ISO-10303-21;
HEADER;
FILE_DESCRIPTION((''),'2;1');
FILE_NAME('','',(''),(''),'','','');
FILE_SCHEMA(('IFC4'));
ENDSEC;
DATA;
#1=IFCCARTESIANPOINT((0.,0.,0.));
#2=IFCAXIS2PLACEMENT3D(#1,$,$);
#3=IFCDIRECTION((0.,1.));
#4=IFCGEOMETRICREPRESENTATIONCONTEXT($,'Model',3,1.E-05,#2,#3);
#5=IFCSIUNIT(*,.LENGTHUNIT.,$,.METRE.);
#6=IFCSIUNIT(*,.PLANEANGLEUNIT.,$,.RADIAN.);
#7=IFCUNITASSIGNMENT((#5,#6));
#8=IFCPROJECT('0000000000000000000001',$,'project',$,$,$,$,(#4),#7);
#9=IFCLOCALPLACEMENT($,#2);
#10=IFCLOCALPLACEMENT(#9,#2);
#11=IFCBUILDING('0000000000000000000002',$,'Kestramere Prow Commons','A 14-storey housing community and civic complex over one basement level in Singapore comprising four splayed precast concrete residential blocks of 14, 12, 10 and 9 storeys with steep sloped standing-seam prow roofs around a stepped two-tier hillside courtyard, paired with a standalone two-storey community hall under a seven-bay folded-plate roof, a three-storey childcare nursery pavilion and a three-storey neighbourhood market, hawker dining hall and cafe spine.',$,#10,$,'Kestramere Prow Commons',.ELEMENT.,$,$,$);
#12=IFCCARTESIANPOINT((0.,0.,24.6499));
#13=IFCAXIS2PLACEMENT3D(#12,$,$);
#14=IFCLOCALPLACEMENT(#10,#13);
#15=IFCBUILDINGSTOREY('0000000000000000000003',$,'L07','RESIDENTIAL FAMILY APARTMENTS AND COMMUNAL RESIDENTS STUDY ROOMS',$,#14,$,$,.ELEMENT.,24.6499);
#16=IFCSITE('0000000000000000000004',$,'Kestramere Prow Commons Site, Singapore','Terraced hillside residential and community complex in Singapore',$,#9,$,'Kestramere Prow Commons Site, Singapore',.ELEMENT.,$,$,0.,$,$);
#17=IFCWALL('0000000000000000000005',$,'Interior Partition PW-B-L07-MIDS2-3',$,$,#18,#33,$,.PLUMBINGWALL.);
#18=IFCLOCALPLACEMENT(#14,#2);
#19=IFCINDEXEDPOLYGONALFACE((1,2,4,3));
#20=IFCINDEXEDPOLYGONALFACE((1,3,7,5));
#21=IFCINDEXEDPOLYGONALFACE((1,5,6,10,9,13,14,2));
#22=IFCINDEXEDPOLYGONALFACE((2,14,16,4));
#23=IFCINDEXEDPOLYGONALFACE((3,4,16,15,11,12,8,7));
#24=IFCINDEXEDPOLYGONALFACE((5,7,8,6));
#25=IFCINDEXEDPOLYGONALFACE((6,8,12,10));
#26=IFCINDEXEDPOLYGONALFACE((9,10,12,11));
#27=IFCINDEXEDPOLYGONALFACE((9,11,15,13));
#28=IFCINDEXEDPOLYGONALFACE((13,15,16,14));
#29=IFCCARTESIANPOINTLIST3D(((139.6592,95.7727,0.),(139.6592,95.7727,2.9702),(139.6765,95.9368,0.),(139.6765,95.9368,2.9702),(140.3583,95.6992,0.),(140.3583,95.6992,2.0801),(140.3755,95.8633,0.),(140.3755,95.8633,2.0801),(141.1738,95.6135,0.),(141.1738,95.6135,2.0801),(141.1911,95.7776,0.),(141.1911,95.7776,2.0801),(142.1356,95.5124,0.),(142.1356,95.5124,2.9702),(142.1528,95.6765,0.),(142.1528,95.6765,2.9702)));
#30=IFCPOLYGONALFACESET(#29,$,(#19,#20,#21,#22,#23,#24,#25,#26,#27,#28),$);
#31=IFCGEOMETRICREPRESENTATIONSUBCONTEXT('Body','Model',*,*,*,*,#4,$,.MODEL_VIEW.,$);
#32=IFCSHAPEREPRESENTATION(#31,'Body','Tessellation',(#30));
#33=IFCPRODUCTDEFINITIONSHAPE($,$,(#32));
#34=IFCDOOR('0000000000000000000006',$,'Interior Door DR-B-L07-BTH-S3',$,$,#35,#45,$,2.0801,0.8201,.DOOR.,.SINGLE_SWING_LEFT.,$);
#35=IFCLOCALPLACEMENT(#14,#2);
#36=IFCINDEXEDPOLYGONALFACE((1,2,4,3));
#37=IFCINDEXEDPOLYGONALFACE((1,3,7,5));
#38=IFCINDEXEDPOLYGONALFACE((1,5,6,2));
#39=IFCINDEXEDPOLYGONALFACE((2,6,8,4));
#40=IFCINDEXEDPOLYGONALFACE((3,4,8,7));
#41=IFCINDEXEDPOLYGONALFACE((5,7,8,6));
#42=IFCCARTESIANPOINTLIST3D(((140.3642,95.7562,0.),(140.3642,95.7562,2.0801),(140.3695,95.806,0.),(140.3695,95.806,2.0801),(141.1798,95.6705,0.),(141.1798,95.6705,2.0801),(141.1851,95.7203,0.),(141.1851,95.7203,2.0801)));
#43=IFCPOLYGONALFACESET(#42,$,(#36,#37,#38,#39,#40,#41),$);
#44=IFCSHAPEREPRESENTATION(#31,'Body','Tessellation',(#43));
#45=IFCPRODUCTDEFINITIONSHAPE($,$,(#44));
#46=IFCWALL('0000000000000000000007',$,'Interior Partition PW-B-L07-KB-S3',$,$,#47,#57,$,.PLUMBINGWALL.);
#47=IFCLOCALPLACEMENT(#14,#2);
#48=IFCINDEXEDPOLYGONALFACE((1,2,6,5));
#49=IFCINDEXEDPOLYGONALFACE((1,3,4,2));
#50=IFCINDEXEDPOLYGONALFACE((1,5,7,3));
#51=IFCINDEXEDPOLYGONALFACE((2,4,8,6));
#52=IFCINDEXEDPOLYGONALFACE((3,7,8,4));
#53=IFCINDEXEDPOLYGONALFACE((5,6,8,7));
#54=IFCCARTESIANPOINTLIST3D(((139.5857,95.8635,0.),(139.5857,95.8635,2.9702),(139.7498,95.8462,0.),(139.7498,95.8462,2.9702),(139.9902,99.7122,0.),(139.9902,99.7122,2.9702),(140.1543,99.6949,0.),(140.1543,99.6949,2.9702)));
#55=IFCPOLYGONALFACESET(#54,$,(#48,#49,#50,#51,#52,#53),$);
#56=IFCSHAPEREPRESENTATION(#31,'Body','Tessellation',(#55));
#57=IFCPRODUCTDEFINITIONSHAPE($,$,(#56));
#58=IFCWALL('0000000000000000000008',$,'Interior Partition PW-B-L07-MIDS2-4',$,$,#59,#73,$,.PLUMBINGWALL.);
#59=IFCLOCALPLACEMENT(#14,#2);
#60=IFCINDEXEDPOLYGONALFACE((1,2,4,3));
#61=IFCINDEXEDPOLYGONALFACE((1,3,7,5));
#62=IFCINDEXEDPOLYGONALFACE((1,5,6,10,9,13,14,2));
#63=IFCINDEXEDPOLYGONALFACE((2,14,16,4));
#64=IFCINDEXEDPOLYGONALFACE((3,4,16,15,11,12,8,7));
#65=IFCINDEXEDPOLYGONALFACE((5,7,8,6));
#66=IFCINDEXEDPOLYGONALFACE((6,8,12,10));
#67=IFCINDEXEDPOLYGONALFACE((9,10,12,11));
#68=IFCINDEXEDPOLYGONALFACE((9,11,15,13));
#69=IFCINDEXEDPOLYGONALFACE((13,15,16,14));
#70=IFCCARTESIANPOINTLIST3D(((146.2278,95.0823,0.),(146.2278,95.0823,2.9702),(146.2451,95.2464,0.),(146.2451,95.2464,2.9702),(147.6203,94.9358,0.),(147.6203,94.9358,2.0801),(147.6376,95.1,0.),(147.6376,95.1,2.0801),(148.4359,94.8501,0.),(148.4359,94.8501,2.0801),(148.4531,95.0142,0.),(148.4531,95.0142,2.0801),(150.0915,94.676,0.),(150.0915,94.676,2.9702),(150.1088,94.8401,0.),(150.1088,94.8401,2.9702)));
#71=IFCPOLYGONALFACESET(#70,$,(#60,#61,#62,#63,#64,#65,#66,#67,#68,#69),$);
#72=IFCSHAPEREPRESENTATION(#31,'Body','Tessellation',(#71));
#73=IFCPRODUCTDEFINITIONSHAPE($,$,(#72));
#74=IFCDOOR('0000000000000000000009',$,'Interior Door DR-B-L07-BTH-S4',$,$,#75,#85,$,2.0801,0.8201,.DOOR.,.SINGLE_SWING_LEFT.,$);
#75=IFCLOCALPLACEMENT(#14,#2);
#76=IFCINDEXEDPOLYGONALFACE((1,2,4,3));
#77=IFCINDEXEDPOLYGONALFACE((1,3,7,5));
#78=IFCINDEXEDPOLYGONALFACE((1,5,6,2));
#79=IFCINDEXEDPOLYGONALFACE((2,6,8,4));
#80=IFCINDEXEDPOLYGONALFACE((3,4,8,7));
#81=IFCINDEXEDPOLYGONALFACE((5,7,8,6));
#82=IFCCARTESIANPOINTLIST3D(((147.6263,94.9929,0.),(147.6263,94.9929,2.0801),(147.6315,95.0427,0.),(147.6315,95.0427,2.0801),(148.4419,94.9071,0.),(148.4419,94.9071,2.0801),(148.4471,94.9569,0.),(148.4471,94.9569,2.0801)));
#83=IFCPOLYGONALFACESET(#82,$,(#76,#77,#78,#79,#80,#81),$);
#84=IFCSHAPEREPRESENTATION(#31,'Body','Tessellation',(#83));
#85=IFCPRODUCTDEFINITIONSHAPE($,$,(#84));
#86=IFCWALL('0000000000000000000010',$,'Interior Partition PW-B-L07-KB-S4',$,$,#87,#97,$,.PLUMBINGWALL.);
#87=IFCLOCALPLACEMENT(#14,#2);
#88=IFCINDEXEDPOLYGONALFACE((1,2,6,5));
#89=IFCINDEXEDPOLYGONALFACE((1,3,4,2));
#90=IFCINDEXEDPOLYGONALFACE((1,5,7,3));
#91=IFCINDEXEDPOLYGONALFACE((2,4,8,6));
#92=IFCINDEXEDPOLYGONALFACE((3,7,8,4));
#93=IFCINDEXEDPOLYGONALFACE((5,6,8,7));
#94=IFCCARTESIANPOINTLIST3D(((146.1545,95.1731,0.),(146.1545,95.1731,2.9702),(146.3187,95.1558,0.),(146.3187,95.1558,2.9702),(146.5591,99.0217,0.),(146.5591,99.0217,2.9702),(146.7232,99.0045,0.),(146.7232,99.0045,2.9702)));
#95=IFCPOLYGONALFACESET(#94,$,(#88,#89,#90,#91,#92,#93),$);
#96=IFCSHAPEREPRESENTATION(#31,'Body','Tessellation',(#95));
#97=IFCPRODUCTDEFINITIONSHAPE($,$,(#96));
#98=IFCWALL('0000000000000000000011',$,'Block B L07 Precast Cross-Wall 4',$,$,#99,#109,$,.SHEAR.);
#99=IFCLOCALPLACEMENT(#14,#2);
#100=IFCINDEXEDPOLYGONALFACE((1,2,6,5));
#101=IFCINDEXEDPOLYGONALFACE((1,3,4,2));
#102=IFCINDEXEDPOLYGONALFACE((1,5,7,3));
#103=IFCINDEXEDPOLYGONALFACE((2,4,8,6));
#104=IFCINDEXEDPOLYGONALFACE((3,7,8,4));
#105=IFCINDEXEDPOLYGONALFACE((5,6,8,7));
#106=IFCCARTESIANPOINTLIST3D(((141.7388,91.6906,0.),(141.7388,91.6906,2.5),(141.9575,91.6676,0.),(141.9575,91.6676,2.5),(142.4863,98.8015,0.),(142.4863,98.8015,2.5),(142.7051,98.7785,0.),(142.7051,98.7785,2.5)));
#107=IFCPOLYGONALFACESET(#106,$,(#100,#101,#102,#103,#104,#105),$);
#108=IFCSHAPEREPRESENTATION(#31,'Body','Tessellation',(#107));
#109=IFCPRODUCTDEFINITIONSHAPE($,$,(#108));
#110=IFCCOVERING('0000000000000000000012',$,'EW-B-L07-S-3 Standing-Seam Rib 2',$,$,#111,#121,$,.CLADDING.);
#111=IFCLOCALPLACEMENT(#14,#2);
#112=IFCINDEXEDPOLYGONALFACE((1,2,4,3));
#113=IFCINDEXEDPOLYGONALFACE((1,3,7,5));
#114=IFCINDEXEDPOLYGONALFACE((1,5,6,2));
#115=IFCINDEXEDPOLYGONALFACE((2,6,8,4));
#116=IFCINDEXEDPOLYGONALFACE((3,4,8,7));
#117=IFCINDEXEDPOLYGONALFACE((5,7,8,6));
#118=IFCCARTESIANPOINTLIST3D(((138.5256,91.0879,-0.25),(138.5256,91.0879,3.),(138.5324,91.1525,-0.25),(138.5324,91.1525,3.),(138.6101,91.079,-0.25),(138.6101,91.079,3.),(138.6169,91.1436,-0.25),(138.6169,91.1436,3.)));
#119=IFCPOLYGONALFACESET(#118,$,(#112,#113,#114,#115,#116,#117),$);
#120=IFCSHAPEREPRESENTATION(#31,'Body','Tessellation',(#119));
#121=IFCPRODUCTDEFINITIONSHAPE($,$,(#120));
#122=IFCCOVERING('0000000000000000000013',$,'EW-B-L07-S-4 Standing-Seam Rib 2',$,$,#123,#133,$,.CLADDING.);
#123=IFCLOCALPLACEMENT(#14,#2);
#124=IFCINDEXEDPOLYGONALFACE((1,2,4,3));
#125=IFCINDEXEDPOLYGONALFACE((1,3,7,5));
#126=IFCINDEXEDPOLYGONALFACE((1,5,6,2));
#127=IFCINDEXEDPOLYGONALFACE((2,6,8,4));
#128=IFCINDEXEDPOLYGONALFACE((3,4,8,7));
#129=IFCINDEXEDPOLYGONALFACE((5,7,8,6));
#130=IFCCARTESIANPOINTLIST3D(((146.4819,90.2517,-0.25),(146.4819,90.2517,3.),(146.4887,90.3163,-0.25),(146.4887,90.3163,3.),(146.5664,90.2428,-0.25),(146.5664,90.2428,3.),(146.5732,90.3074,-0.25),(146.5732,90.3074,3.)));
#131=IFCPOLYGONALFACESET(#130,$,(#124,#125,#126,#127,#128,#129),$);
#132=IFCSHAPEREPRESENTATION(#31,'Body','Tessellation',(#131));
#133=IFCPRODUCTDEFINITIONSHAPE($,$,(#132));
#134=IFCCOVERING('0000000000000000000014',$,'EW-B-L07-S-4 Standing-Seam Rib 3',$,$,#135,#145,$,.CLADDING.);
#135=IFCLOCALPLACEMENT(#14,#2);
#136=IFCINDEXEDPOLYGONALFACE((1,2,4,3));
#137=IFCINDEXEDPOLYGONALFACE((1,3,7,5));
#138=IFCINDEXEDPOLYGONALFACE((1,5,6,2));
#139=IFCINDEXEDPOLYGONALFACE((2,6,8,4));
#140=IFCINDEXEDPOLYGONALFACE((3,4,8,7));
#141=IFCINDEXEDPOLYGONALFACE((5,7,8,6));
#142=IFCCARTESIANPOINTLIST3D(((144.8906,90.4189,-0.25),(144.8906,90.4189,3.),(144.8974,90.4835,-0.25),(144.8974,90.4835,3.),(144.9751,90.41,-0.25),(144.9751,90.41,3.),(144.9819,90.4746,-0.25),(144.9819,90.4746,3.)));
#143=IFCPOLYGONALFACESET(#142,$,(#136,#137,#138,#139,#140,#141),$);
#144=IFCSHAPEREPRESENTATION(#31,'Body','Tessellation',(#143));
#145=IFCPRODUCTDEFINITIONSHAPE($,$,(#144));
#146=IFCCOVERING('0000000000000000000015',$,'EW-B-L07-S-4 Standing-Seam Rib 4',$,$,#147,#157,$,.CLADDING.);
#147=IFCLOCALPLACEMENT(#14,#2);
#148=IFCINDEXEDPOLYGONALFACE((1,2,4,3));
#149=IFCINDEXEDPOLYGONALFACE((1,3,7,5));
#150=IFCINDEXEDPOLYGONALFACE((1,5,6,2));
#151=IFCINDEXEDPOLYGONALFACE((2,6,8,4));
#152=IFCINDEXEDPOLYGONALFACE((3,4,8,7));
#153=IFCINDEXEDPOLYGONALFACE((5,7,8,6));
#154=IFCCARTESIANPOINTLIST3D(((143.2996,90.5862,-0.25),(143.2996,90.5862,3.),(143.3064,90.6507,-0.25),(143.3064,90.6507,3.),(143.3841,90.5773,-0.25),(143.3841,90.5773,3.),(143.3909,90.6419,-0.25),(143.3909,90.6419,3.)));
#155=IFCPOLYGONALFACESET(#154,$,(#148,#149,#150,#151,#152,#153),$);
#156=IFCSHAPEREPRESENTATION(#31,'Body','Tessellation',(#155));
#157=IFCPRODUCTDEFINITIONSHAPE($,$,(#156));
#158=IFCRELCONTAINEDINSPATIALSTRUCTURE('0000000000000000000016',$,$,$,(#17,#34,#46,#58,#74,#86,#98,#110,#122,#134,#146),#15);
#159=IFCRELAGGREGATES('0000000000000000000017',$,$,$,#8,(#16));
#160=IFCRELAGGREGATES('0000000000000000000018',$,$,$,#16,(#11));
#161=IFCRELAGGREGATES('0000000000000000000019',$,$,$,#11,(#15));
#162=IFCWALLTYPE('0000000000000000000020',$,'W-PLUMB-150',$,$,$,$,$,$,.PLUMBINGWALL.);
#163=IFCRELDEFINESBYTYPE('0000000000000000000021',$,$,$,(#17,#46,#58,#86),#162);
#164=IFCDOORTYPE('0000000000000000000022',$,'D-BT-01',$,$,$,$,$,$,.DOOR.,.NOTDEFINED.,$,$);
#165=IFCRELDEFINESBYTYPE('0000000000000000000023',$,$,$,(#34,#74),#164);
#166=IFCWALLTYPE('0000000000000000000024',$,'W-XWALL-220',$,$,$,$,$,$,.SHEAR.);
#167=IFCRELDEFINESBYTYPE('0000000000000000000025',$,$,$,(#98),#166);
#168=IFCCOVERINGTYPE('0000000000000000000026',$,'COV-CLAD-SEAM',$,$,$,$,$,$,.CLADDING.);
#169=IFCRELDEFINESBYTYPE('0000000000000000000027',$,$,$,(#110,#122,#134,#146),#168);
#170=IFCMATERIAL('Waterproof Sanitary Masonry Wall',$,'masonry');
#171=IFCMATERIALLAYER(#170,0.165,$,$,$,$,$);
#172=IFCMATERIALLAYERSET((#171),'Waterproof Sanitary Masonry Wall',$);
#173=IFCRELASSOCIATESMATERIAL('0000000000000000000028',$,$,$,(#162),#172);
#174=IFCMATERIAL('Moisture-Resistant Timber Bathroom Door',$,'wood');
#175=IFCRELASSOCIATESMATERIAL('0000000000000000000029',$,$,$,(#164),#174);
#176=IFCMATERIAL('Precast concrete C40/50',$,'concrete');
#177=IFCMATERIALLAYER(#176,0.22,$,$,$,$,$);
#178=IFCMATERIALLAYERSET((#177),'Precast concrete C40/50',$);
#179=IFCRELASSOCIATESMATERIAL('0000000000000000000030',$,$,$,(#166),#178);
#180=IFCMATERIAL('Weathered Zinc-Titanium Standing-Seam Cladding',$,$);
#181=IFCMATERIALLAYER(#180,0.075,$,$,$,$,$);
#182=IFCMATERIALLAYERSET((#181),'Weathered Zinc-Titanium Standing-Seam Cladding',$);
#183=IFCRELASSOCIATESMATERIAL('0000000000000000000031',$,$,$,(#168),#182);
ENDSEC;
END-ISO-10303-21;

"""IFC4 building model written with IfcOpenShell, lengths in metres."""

from ifc_helpers import new_model, si_unit, direction, frame, frame_2d, origin, origin_2d, place, context, subcontext, project, spatial, rectangle, extrude, material, layer, layer_set, type_object, element, fill, save


model = new_model("IFC4")

# Units and contexts
model_context = context("Model", 3, precision=1e-05, world=origin(), true_north=direction((0.0, 1.0)))
body_context = subcontext(model_context, "Body", "Model", "MODEL_VIEW")
ifc_project = project(units=[si_unit("LENGTHUNIT", "METRE"), si_unit("PLANEANGLEUNIT", "RADIAN")], contexts=[model_context])

# Site, building, storey
site_placement = place(None, origin())
site = spatial("IfcSite", under=ifc_project, at=site_placement, Name="Kestramere Prow Commons Site, Singapore", Description="Terraced hillside residential and community complex in Singapore", LongName="Kestramere Prow Commons Site, Singapore", CompositionType="ELEMENT", RefElevation=0.0)
building_placement = place(site_placement, origin())
building = spatial("IfcBuilding", under=site, at=building_placement, Name="Kestramere Prow Commons", Description="A 14-storey housing community and civic complex over one basement level in Singapore comprising four splayed precast concrete residential blocks of 14, 12, 10 and 9 storeys with steep sloped standing-seam prow roofs around a stepped two-tier hillside courtyard, paired with a standalone two-storey community hall under a seven-bay folded-plate roof, a three-storey childcare nursery pavilion and a three-storey neighbourhood market, hawker dining hall and cafe spine.", LongName="Kestramere Prow Commons", CompositionType="ELEMENT")
storey_placement = place(building_placement, frame((0.0, 0.0, 24.6499)))
storey = spatial("IfcBuildingStorey", under=building, at=storey_placement, Name="L07", Description="RESIDENTIAL FAMILY APARTMENTS AND COMMUNAL RESIDENTS STUDY ROOMS", CompositionType="ELEMENT", Elevation=24.6499)

# Shared definitions
ifc_material_1 = material(Name="Precast concrete C40/50", Category="concrete")

# Wall, opening, door
ifc_material_2 = material(Name="Waterproof Sanitary Masonry Wall", Category="masonry")
ifc_layer_1 = layer(ifc_material_2, 0.165)
ifc_layer_set_1 = layer_set([ifc_layer_1], Name="Waterproof Sanitary Masonry Wall")
wall_type_1 = type_object("IfcWallType", Name="W-PLUMB-150", PredefinedType="PLUMBINGWALL", material=ifc_layer_set_1)
wall_1_placement = place(storey_placement, frame((139.6677, 95.8547, 0.0), z_axis=(0.0, 0.0, 1.0), x_axis=(0.994523, -0.104521, 0.0)))
wall_1 = element("IfcWall", 1, at=wall_1_placement, inside=storey, type_object=wall_type_1, Name="Interior Partition PW-B-L07-MIDS2-3", PredefinedType="PLUMBINGWALL", context=body_context, shape_type="SweptSolid", body=[
    extrude(rectangle(XDim=2.49, YDim=0.165, at=frame_2d((1.2451, 0.0))), origin(), (0.0, 0.0, 1.0), 2.9702),
])
opening_1_placement = place(wall_1_placement, frame((0.7029, 0.0, 0.0)))
opening_1 = element("IfcOpeningElement", 2, at=opening_1_placement, cuts=wall_1, PredefinedType="OPENING", context=body_context, shape_type="SweptSolid", body=[
    extrude(rectangle(XDim=0.8201, YDim=2.0801, at=frame_2d((0.4102, 1.04))), frame((0.0, 0.0974, 0.0), z_axis=(0.0, -1.0, 0.0), x_axis=(1.0, 0.0, 0.0)), (0.0, 0.0, 1.0), 0.1951),
])
ifc_material_3 = material(Name="Moisture-Resistant Timber Bathroom Door", Category="wood")
door_type_1 = type_object("IfcDoorType", Name="D-BT-01", OperationType="NOTDEFINED", PredefinedType="DOOR", material=ifc_material_3)
door_1_placement = place(opening_1_placement, origin())
door_1 = element("IfcDoor", 3, at=door_1_placement, inside=storey, type_object=door_type_1, Name="Interior Door DR-B-L07-BTH-S3", OperationType="SINGLE_SWING_LEFT", OverallHeight=2.0801, OverallWidth=0.8201, PredefinedType="DOOR", context=body_context, shape_type="SweptSolid", body=[
    extrude(rectangle(XDim=0.8201, YDim=2.0801, at=frame_2d((0.4102, 1.04))), frame((0.0, 0.0249, 0.0), z_axis=(0.0, -1.0, 0.0), x_axis=(1.0, 0.0, 0.0)), (0.0, 0.0, 1.0), 0.05),
])
fill(opening_1, door_1)

# Wall
wall_2_placement = place(storey_placement, frame((139.6677, 95.8547, 0.0), z_axis=(0.0, 0.0, 1.0), x_axis=(0.104537, 0.994521, 0.0)))
element("IfcWall", 4, at=wall_2_placement, inside=storey, type_object=wall_type_1, Name="Interior Partition PW-B-L07-KB-S3", PredefinedType="PLUMBINGWALL", context=body_context, shape_type="SweptSolid", body=[
    extrude(rectangle(XDim=3.8699, YDim=0.165, at=frame_2d((1.9351, 0.0))), origin(), (0.0, 0.0, 1.0), 2.9702),
])

# Wall, opening, door
wall_3_placement = place(storey_placement, frame((146.2366, 95.1643, 0.0), z_axis=(0.0, 0.0, 1.0), x_axis=(0.994518, -0.104567, 0.0)))
wall_3 = element("IfcWall", 5, at=wall_3_placement, inside=storey, type_object=wall_type_1, Name="Interior Partition PW-B-L07-MIDS2-4", PredefinedType="PLUMBINGWALL", context=body_context, shape_type="SweptSolid", body=[
    extrude(rectangle(XDim=3.885, YDim=0.165, at=frame_2d((1.9424, 0.0))), origin(), (0.0, 0.0, 1.0), 2.9702),
])
opening_2_placement = place(wall_3_placement, frame((1.3999, 0.0, 0.0)))
opening_2 = element("IfcOpeningElement", 6, at=opening_2_placement, cuts=wall_3, PredefinedType="OPENING", context=body_context, shape_type="SweptSolid", body=[
    extrude(rectangle(XDim=0.8201, YDim=2.0801, at=frame_2d((0.4102, 1.04))), frame((0.0, 0.0974, 0.0), z_axis=(0.0, -1.0, 0.0), x_axis=(1.0, 0.0, 0.0)), (0.0, 0.0, 1.0), 0.1951),
])
door_2_placement = place(opening_2_placement, origin())
door_2 = element("IfcDoor", 7, at=door_2_placement, inside=storey, type_object=door_type_1, Name="Interior Door DR-B-L07-BTH-S4", OperationType="SINGLE_SWING_LEFT", OverallHeight=2.0801, OverallWidth=0.8201, PredefinedType="DOOR", context=body_context, shape_type="SweptSolid", body=[
    extrude(rectangle(XDim=0.8201, YDim=2.0801, at=frame_2d((0.4102, 1.04))), frame((0.0, 0.0249, 0.0), z_axis=(0.0, -1.0, 0.0), x_axis=(1.0, 0.0, 0.0)), (0.0, 0.0, 1.0), 0.05),
])
fill(opening_2, door_2)

# Walls
wall_4_placement = place(storey_placement, frame((146.2366, 95.1643, 0.0), z_axis=(0.0, 0.0, 1.0), x_axis=(0.104537, 0.994521, 0.0)))
element("IfcWall", 8, at=wall_4_placement, inside=storey, type_object=wall_type_1, Name="Interior Partition PW-B-L07-KB-S4", PredefinedType="PLUMBINGWALL", context=body_context, shape_type="SweptSolid", body=[
    extrude(rectangle(XDim=3.8699, YDim=0.165, at=frame_2d((1.9351, 0.0))), origin(), (0.0, 0.0, 1.0), 2.9702),
])
ifc_layer_2 = layer(ifc_material_1, 0.22)
ifc_layer_set_2 = layer_set([ifc_layer_2], Name="Precast concrete C40/50")
wall_type_2 = type_object("IfcWallType", Name="W-XWALL-220", PredefinedType="SHEAR", material=ifc_layer_set_2)
wall_5_placement = place(storey_placement, frame((141.8481, 91.679, 0.0), z_axis=(0.0, 0.0, 1.0), x_axis=(0.104553, 0.994519, 0.0)))
element("IfcWall", 9, at=wall_5_placement, inside=storey, type_object=wall_type_2, Name="Block B L07 Precast Cross-Wall 4", PredefinedType="SHEAR", context=body_context, shape_type="SweptSolid", body=[
    extrude(rectangle(XDim=7.1501, YDim=0.22, at=frame_2d((3.5752, 0.0))), origin(), (0.0, 0.0, 1.0), 2.5),
])

# Coverings
ifc_material_4 = material(Name="Weathered Zinc-Titanium Standing-Seam Cladding")
ifc_layer_3 = layer(ifc_material_4, 0.075)
ifc_layer_set_3 = layer_set([ifc_layer_3], Name="Weathered Zinc-Titanium Standing-Seam Cladding")
covering_type = type_object("IfcCoveringType", Name="COV-CLAD-SEAM", PredefinedType="CLADDING", material=ifc_layer_set_3)
for number, where, z_axis, x_axis, name in (
    (10, (138.5713, 91.1157, -0.25), (0.0, 0.0, 1.0), (-0.994522, 0.104528, 0.0), "EW-B-L07-S-3 Standing-Seam Rib 2"),
    (11, (146.5276, 90.2795, -0.25), (0.0, 0.0, 1.0), (-0.994522, 0.104528, 0.0), "EW-B-L07-S-4 Standing-Seam Rib 2"),
    (12, (144.9363, 90.4468, -0.25), (0.0, 0.0, 1.0), (-0.994522, 0.104528, 0.0), "EW-B-L07-S-4 Standing-Seam Rib 3"),
    (13, (143.3452, 90.614, -0.25), (0.0, 0.0, 1.0), (-0.994522, 0.104528, 0.0), "EW-B-L07-S-4 Standing-Seam Rib 4"),
):
    element("IfcCovering", number, at=place(storey_placement, frame(where, z_axis=z_axis, x_axis=x_axis)), inside=storey, type_object=covering_type, Name=name, PredefinedType="CLADDING", context=body_context, shape_type="SweptSolid", body=[
        extrude(rectangle(XDim=0.085, YDim=0.0649, at=origin_2d()), origin(), (0.0, 0.0, 1.0), 3.25),
    ])

save(model, "model.ifc")
